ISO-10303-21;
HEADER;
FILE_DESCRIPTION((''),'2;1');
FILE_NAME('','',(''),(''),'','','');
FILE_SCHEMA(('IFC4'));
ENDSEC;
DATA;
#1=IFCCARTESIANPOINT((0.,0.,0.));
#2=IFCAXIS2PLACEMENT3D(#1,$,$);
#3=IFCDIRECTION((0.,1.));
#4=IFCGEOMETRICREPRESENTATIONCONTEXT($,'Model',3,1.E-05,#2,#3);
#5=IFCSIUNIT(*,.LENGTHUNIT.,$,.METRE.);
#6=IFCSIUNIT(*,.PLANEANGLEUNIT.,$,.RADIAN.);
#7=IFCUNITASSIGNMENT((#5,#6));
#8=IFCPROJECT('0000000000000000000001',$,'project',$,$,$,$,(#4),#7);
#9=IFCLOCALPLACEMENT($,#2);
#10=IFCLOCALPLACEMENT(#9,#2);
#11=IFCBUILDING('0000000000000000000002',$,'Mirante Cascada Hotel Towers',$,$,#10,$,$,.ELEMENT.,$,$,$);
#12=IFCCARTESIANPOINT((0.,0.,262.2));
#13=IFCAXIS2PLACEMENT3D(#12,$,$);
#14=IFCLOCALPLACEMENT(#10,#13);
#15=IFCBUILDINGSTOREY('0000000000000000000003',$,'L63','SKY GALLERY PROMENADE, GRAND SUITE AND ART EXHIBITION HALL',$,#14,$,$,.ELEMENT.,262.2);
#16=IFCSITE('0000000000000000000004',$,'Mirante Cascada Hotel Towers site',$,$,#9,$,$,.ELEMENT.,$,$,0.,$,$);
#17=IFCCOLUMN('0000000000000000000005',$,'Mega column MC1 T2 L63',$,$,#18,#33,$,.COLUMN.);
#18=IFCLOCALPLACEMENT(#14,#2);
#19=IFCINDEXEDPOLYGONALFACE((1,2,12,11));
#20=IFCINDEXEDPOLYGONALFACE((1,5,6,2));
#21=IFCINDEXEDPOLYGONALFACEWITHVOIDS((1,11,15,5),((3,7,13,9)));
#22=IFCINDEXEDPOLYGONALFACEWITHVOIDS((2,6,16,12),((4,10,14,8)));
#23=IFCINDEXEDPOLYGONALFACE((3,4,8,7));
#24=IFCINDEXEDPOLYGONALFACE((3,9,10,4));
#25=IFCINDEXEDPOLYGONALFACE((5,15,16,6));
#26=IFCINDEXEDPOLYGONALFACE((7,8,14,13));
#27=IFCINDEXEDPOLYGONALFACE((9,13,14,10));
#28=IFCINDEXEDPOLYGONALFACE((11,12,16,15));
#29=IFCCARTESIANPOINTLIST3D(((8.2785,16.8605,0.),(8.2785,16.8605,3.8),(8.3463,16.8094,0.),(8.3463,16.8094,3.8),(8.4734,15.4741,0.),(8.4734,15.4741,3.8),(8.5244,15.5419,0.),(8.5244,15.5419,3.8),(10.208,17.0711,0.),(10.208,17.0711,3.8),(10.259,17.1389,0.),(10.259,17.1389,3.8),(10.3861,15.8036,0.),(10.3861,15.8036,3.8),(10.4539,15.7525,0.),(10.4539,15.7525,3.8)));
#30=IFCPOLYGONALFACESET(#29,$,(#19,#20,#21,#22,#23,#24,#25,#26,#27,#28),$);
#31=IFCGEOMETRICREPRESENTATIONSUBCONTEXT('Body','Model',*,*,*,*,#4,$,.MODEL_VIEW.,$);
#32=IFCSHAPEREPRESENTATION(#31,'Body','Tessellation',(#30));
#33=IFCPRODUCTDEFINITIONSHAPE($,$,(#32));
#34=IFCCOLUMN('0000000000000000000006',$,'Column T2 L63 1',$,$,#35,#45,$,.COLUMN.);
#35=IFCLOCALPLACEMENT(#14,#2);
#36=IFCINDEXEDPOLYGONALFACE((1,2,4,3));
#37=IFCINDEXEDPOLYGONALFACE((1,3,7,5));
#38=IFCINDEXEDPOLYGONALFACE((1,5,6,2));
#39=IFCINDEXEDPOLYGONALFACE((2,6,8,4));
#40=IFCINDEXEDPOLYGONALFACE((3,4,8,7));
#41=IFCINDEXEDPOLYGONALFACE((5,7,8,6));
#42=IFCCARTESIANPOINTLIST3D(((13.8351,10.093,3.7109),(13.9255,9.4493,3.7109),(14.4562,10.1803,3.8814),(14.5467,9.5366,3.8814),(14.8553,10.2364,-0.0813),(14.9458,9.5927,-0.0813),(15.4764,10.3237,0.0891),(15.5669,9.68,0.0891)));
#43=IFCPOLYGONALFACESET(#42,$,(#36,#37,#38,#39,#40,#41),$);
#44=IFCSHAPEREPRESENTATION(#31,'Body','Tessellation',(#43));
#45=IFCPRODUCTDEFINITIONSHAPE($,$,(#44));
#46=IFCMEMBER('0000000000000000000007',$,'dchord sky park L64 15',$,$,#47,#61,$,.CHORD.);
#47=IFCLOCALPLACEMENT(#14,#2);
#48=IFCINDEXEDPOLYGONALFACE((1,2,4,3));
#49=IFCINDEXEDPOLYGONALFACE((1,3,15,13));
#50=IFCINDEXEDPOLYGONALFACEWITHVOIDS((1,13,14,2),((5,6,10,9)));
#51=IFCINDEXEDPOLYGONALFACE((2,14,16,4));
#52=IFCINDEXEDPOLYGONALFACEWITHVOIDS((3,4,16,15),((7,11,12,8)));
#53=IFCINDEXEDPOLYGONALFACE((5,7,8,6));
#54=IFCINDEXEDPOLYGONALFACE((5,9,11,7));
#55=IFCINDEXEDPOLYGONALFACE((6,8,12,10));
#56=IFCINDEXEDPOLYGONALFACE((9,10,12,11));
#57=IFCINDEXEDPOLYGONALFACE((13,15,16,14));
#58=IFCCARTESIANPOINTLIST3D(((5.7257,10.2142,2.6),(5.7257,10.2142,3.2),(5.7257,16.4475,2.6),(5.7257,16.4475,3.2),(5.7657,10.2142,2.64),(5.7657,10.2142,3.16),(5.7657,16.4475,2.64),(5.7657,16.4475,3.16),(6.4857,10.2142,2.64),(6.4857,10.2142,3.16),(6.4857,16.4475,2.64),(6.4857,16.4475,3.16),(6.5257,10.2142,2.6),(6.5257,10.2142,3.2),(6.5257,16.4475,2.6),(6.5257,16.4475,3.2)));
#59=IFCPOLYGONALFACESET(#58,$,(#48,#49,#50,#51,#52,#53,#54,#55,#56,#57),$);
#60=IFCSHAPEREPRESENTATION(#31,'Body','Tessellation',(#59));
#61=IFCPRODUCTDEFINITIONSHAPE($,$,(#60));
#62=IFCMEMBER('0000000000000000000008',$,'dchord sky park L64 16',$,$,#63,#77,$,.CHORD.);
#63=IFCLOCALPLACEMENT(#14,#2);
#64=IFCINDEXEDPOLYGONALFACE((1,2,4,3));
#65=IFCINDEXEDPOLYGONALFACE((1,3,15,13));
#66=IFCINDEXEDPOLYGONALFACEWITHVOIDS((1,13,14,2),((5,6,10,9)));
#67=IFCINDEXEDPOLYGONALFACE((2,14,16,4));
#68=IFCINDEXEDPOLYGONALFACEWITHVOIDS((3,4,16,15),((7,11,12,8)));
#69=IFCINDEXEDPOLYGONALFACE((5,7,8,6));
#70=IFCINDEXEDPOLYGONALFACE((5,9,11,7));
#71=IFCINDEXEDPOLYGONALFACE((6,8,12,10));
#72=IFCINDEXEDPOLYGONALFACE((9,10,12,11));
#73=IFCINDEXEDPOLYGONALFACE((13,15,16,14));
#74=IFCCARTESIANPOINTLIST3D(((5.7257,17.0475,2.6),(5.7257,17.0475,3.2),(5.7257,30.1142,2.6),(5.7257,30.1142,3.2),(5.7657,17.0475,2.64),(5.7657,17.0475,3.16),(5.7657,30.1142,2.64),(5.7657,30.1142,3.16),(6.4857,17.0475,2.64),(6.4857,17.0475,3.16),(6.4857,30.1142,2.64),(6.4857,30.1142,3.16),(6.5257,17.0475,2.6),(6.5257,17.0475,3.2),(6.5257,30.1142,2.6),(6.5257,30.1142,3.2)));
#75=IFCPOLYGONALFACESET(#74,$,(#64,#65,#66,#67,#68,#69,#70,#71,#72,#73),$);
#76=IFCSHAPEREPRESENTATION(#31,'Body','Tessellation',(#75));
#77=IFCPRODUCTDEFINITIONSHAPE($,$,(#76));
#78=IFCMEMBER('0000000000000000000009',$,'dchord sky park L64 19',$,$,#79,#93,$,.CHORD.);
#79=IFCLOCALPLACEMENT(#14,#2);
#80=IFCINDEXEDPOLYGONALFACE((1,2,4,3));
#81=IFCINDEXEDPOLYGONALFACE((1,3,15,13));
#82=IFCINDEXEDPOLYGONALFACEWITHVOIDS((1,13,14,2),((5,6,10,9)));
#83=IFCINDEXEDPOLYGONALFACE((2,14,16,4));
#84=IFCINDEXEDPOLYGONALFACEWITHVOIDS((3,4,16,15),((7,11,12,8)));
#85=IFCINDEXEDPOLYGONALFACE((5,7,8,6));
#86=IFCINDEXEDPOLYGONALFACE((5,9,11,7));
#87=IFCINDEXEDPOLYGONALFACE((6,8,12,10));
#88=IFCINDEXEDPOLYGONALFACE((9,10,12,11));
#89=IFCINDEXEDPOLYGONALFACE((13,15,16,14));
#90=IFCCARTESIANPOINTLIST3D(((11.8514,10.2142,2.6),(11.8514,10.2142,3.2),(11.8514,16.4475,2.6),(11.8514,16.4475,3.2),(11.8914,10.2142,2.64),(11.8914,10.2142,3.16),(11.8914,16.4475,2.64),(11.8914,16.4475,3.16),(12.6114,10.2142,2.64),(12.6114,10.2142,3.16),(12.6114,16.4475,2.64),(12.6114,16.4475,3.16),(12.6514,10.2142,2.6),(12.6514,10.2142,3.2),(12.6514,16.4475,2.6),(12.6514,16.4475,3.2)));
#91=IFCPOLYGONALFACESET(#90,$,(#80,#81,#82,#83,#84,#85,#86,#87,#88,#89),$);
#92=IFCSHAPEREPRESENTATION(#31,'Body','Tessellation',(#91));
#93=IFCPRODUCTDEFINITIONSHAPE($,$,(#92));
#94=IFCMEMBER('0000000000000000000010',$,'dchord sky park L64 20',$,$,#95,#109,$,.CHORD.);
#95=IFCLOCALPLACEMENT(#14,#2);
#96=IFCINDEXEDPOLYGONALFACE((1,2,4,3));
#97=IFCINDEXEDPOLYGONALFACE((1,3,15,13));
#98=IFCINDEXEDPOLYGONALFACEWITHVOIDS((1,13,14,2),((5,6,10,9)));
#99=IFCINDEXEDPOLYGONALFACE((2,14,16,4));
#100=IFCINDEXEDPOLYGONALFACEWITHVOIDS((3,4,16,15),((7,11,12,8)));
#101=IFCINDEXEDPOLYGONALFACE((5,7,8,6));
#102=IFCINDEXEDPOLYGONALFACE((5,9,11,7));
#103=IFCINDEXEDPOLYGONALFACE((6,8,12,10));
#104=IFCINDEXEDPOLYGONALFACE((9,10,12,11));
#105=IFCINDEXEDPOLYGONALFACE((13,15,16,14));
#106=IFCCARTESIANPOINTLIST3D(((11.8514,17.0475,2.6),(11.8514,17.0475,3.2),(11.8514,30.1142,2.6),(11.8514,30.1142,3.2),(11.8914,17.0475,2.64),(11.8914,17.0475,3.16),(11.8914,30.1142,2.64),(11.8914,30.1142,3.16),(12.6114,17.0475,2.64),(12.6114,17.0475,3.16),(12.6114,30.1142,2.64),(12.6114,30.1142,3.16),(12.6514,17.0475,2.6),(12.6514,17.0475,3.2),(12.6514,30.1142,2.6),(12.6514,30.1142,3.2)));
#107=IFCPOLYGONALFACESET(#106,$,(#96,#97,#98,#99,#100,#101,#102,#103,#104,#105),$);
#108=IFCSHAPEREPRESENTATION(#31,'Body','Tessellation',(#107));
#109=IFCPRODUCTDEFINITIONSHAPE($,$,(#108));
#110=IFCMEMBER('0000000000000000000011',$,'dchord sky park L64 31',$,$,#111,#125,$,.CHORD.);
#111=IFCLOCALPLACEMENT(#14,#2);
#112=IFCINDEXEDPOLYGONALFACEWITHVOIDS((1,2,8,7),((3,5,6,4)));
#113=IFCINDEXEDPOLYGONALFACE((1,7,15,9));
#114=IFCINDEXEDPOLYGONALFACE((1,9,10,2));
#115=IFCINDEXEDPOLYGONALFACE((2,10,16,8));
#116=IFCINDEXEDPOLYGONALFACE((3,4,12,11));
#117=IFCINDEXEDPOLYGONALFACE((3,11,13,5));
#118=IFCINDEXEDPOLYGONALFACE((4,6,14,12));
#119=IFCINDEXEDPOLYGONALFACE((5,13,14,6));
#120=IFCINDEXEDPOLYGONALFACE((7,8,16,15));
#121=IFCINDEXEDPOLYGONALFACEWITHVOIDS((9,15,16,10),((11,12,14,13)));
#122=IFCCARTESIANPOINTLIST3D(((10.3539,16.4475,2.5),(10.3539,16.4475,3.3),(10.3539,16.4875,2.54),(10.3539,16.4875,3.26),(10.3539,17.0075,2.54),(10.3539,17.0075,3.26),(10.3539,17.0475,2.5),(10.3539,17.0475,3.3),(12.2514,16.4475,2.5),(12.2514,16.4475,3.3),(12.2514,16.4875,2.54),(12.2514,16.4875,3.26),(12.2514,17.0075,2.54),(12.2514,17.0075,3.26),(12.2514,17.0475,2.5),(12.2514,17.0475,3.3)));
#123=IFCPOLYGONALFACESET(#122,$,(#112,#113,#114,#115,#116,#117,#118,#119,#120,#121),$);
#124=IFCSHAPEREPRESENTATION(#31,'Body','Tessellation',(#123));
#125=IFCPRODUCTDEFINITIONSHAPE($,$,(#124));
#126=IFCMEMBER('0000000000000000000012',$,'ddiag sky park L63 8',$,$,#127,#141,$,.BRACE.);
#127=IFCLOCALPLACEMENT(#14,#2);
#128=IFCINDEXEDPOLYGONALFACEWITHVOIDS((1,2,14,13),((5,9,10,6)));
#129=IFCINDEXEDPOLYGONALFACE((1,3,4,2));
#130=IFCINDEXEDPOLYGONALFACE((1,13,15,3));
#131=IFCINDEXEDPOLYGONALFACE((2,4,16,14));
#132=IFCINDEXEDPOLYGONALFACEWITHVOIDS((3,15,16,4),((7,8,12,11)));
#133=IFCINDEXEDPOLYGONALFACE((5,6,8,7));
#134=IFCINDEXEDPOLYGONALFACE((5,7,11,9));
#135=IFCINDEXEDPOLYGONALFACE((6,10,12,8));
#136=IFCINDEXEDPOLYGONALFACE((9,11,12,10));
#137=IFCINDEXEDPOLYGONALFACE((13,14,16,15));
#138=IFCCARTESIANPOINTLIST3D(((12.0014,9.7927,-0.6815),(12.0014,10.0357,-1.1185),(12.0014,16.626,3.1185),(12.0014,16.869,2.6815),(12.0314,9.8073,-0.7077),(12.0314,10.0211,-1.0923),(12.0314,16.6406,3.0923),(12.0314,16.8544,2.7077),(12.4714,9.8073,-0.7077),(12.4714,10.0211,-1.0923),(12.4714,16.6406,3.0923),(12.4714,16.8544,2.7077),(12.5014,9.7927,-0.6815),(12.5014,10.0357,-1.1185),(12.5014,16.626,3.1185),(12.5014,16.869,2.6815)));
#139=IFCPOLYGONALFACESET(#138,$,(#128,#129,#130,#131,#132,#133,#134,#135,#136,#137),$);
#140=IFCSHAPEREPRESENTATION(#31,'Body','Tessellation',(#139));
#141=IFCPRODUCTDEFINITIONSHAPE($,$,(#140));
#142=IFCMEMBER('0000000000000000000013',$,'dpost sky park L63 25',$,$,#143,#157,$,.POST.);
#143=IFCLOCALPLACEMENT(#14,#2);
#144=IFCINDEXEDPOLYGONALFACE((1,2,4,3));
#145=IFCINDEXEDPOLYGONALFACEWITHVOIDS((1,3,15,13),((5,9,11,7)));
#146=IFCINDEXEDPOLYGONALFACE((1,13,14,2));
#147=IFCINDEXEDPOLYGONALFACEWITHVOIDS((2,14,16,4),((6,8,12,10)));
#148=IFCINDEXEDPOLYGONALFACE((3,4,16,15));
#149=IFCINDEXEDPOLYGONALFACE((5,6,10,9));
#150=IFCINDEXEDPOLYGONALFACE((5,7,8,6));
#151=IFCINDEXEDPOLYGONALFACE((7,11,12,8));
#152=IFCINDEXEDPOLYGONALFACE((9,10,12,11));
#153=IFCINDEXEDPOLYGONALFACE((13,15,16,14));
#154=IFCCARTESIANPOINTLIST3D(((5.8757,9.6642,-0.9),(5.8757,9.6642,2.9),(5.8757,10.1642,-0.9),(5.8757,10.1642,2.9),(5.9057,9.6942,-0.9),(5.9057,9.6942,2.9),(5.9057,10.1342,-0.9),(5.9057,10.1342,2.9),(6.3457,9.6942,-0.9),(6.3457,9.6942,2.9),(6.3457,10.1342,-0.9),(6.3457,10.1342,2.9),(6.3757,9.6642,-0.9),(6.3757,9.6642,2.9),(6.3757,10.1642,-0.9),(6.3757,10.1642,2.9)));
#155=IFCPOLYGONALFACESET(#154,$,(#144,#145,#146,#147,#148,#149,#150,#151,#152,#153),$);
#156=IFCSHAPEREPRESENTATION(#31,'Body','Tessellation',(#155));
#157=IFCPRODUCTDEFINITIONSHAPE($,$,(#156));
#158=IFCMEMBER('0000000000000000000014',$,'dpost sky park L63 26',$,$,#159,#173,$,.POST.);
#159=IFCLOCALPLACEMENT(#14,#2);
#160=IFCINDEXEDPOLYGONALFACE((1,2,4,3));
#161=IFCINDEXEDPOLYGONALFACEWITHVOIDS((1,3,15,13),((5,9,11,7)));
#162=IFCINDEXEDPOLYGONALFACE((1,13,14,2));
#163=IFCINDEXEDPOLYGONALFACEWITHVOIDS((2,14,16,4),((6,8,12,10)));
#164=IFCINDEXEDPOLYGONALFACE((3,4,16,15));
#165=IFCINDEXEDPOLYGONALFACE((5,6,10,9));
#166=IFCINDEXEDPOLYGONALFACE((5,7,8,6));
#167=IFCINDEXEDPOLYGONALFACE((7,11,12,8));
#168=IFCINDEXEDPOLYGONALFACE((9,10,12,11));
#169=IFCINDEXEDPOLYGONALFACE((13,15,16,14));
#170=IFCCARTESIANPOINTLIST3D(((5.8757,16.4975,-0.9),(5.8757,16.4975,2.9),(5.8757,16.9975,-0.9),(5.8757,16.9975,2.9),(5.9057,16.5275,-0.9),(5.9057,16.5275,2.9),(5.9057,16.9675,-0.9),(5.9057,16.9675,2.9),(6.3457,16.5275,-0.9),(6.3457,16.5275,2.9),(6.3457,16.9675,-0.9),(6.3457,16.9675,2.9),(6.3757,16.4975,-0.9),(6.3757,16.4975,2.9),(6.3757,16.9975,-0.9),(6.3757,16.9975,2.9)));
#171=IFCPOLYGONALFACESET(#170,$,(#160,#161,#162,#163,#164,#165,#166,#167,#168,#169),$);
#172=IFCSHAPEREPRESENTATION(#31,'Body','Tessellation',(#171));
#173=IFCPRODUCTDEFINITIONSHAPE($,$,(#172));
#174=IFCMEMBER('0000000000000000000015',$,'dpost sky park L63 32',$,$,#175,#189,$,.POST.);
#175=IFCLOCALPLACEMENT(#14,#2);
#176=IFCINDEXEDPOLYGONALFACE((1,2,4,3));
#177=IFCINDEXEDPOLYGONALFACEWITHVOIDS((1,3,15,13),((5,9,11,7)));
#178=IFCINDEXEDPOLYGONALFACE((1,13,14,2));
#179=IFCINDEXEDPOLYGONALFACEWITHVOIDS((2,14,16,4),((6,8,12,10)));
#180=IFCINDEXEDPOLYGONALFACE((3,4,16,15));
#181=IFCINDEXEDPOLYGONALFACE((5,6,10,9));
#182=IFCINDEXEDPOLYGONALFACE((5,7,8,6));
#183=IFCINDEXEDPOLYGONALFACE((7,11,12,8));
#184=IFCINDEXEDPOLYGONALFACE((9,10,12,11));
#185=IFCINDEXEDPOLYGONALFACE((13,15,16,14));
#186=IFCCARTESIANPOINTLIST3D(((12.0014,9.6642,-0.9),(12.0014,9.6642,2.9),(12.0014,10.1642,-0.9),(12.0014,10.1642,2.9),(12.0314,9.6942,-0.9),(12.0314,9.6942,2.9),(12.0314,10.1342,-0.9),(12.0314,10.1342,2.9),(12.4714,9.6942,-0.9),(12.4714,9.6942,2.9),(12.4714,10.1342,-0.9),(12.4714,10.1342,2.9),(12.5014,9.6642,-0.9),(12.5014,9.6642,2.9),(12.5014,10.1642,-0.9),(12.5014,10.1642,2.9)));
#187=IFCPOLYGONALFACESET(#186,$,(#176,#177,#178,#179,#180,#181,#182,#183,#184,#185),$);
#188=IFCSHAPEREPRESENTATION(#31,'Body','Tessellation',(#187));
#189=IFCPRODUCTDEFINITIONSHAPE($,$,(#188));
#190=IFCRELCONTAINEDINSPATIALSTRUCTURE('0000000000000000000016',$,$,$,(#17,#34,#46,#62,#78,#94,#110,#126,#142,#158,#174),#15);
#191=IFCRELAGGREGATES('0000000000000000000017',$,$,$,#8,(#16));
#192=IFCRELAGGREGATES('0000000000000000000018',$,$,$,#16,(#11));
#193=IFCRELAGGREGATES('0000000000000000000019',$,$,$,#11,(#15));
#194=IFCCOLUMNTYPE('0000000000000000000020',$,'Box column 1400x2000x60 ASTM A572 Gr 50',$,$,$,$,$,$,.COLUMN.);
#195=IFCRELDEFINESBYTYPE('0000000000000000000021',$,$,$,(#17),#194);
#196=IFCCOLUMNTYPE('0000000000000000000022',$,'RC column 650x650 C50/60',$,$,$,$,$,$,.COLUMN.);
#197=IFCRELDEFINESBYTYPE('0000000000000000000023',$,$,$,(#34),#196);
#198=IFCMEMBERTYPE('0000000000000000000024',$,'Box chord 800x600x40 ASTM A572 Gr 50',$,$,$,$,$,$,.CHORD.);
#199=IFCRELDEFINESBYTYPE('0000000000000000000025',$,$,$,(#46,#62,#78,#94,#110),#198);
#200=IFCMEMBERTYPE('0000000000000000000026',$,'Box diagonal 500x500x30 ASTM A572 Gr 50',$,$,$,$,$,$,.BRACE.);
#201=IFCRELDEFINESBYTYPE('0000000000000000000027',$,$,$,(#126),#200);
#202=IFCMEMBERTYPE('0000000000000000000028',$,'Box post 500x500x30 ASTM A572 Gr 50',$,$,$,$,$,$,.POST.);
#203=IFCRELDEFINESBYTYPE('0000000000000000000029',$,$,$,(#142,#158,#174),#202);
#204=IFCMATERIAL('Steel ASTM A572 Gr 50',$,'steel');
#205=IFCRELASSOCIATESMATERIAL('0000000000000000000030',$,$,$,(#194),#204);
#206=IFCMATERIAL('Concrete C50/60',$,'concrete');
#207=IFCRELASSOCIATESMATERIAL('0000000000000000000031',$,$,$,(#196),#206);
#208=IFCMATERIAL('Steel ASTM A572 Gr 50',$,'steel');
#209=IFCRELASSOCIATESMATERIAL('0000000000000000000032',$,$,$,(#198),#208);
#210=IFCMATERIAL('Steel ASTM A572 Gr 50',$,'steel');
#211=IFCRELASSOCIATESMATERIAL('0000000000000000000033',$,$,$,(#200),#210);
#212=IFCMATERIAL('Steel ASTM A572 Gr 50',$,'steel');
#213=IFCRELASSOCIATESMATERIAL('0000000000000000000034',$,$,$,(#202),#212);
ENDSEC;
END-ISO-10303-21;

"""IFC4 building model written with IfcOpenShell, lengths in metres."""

from ifc_helpers import new_model, si_unit, direction, frame, origin, origin_2d, place, context, subcontext, project, spatial, rectangle, hollow_rectangle, extrude, material, material_profile, profile_set, type_object, element, save


model = new_model("IFC4")

# Units and contexts
model_context = context("Model", 3, precision=1e-05, world=origin(), true_north=direction((0.0, 1.0)))
body_context = subcontext(model_context, "Body", "Model", "MODEL_VIEW")
ifc_project = project(units=[si_unit("LENGTHUNIT", "METRE"), si_unit("PLANEANGLEUNIT", "RADIAN")], contexts=[model_context])

# Site, building, storey
site_placement = place(None, origin())
site = spatial("IfcSite", under=ifc_project, at=site_placement, Name="Mirante Cascada Hotel Towers site", CompositionType="ELEMENT", RefElevation=0.0)
building_placement = place(site_placement, origin())
building = spatial("IfcBuilding", under=site, at=building_placement, Name="Mirante Cascada Hotel Towers", CompositionType="ELEMENT")
storey_placement = place(building_placement, frame((0.0, 0.0, 262.2)))
storey = spatial("IfcBuildingStorey", under=building, at=storey_placement, Name="L63", Description="SKY GALLERY PROMENADE, GRAND SUITE AND ART EXHIBITION HALL", CompositionType="ELEMENT", Elevation=262.2)

# Columns
ifc_material_1 = material(Name="Steel ASTM A572 Gr 50", Category="steel")
ifc_material_profile_1 = material_profile(ifc_material_1, hollow_rectangle(XDim=2.0, YDim=1.4, WallThickness=0.06, at=origin_2d()), Name="Box column 1400x2000x60 ASTM A572 Gr 50")
ifc_profile_set_1 = profile_set([ifc_material_profile_1], Name="Steel ASTM A572 Gr 50")
column_type_1 = type_object("IfcColumnType", Name="Box column 1400x2000x60 ASTM A572 Gr 50", PredefinedType="COLUMN", material=ifc_profile_set_1)
column_1_placement = place(storey_placement, frame((9.3662, 16.3065, 0.0), z_axis=(0.0, 0.0, 1.0), x_axis=(0.990268, 0.139173, 0.0)))
element("IfcColumn", 1, at=column_1_placement, inside=storey, type_object=column_type_1, Name="Mega column MC1 T2 L63", PredefinedType="COLUMN", context=body_context, shape_type="SweptSolid", body=[
    extrude(hollow_rectangle(XDim=2.0, YDim=1.4, WallThickness=0.06, at=origin_2d()), origin(), (0.0, 0.0, 1.0), 3.8),
])
ifc_material_2 = material(Name="Concrete C50/60", Category="concrete")
ifc_material_profile_2 = material_profile(ifc_material_2, rectangle(XDim=0.65, YDim=0.65, at=origin_2d()), Name="RC column 650x650 C50/60")
ifc_profile_set_2 = profile_set([ifc_material_profile_2], Name="Concrete C50/60")
column_type_2 = type_object("IfcColumnType", Name="RC column 650x650 C50/60", PredefinedType="COLUMN", material=ifc_profile_set_2)
column_2_placement = place(storey_placement, frame((15.2111, 9.9582, 0.0039), z_axis=(-0.259616, -0.036492, 0.965022), x_axis=(0.139192, -0.990265, 0.0)))
element("IfcColumn", 2, at=column_2_placement, inside=storey, type_object=column_type_2, Name="Column T2 L63 1", PredefinedType="COLUMN", context=body_context, shape_type="SweptSolid", body=[
    extrude(rectangle(XDim=0.65, YDim=0.65, at=origin_2d()), origin(), (0.0, 0.0, 1.0), 3.9297),
])

# Members
ifc_material_3 = material(Name="Steel ASTM A572 Gr 50", Category="steel")
ifc_material_profile_3 = material_profile(ifc_material_3, hollow_rectangle(XDim=0.6, YDim=0.8, WallThickness=0.04, at=origin_2d()), Name="Box chord 800x600x40 ASTM A572 Gr 50")
ifc_profile_set_3 = profile_set([ifc_material_profile_3], Name="Steel ASTM A572 Gr 50")
member_type_1 = type_object("IfcMemberType", Name="Box chord 800x600x40 ASTM A572 Gr 50", PredefinedType="CHORD", material=ifc_profile_set_3)
member_1_placement = place(storey_placement, frame((6.1257, 10.2142, 2.9), z_axis=(0.0, 1.0, 0.0), x_axis=(0.0, 0.0, 1.0)))
element("IfcMember", 3, at=member_1_placement, inside=storey, type_object=member_type_1, Name="dchord sky park L64 15", PredefinedType="CHORD", context=body_context, shape_type="SweptSolid", body=[
    extrude(hollow_rectangle(XDim=0.6, YDim=0.8, WallThickness=0.04, at=origin_2d()), origin(), (0.0, 0.0, 1.0), 6.2333),
])
member_2_placement = place(storey_placement, frame((6.1257, 17.0475, 2.9), z_axis=(0.0, 1.0, 0.0), x_axis=(0.0, 0.0, 1.0)))
element("IfcMember", 4, at=member_2_placement, inside=storey, type_object=member_type_1, Name="dchord sky park L64 16", PredefinedType="CHORD", context=body_context, shape_type="SweptSolid", body=[
    extrude(hollow_rectangle(XDim=0.6, YDim=0.8, WallThickness=0.04, at=origin_2d()), origin(), (0.0, 0.0, 1.0), 13.0667),
])
member_3_placement = place(storey_placement, frame((12.2514, 10.2142, 2.9), z_axis=(0.0, 1.0, 0.0), x_axis=(0.0, 0.0, 1.0)))
element("IfcMember", 5, at=member_3_placement, inside=storey, type_object=member_type_1, Name="dchord sky park L64 19", PredefinedType="CHORD", context=body_context, shape_type="SweptSolid", body=[
    extrude(hollow_rectangle(XDim=0.6, YDim=0.8, WallThickness=0.04, at=origin_2d()), origin(), (0.0, 0.0, 1.0), 6.2333),
])
member_4_placement = place(storey_placement, frame((12.2514, 17.0475, 2.9), z_axis=(0.0, 1.0, 0.0), x_axis=(0.0, 0.0, 1.0)))
element("IfcMember", 6, at=member_4_placement, inside=storey, type_object=member_type_1, Name="dchord sky park L64 20", PredefinedType="CHORD", context=body_context, shape_type="SweptSolid", body=[
    extrude(hollow_rectangle(XDim=0.6, YDim=0.8, WallThickness=0.04, at=origin_2d()), origin(), (0.0, 0.0, 1.0), 13.0667),
])
member_5_placement = place(storey_placement, frame((10.3539, 16.7475, 2.9), z_axis=(1.0, 0.0, 0.0), x_axis=(0.0, 1.0, 0.0)))
element("IfcMember", 7, at=member_5_placement, inside=storey, type_object=member_type_1, Name="dchord sky park L64 31", PredefinedType="CHORD", context=body_context, shape_type="SweptSolid", body=[
    extrude(hollow_rectangle(XDim=0.6, YDim=0.8, WallThickness=0.04, at=origin_2d()), origin(), (0.0, 0.0, 1.0), 1.8975),
])
ifc_material_4 = material(Name="Steel ASTM A572 Gr 50", Category="steel")
ifc_material_profile_4 = material_profile(ifc_material_4, hollow_rectangle(XDim=0.5, YDim=0.5, WallThickness=0.03, at=origin_2d()), Name="Box diagonal 500x500x30 ASTM A572 Gr 50")
ifc_profile_set_4 = profile_set([ifc_material_profile_4], Name="Steel ASTM A572 Gr 50")
member_type_2 = type_object("IfcMemberType", Name="Box diagonal 500x500x30 ASTM A572 Gr 50", PredefinedType="BRACE", material=ifc_profile_set_4)
member_6_placement = place(storey_placement, frame((12.2514, 9.9142, -0.9), z_axis=(0.0, 0.873955, 0.486007), x_axis=(-1.0, 0.0, 0.0)))
element("IfcMember", 8, at=member_6_placement, inside=storey, type_object=member_type_2, Name="ddiag sky park L63 8", PredefinedType="BRACE", context=body_context, shape_type="SweptSolid", body=[
    extrude(hollow_rectangle(XDim=0.5, YDim=0.5, WallThickness=0.03, at=origin_2d()), origin(), (0.0, 0.0, 1.0), 7.8188),
])
ifc_material_5 = material(Name="Steel ASTM A572 Gr 50", Category="steel")
ifc_material_profile_5 = material_profile(ifc_material_5, hollow_rectangle(XDim=0.5, YDim=0.5, WallThickness=0.03, at=origin_2d()), Name="Box post 500x500x30 ASTM A572 Gr 50")
ifc_profile_set_5 = profile_set([ifc_material_profile_5], Name="Steel ASTM A572 Gr 50")
member_type_3 = type_object("IfcMemberType", Name="Box post 500x500x30 ASTM A572 Gr 50", PredefinedType="POST", material=ifc_profile_set_5)
for number, where, z_axis, x_axis, name in (
    (9, (6.1257, 9.9142, -0.9), (0.0, 0.0, 1.0), (1.0, 0.0, 0.0), "dpost sky park L63 25"),
    (10, (6.1257, 16.7475, -0.9), (0.0, 0.0, 1.0), (1.0, 0.0, 0.0), "dpost sky park L63 26"),
    (11, (12.2514, 9.9142, -0.9), (0.0, 0.0, 1.0), (1.0, 0.0, 0.0), "dpost sky park L63 32"),
):
    element("IfcMember", number, at=place(storey_placement, frame(where, z_axis=z_axis, x_axis=x_axis)), inside=storey, type_object=member_type_3, Name=name, PredefinedType="POST", context=body_context, shape_type="SweptSolid", body=[
        extrude(hollow_rectangle(XDim=0.5, YDim=0.5, WallThickness=0.03, at=origin_2d()), origin(), (0.0, 0.0, 1.0), 3.8),
    ])

save(model, "model.ifc")
